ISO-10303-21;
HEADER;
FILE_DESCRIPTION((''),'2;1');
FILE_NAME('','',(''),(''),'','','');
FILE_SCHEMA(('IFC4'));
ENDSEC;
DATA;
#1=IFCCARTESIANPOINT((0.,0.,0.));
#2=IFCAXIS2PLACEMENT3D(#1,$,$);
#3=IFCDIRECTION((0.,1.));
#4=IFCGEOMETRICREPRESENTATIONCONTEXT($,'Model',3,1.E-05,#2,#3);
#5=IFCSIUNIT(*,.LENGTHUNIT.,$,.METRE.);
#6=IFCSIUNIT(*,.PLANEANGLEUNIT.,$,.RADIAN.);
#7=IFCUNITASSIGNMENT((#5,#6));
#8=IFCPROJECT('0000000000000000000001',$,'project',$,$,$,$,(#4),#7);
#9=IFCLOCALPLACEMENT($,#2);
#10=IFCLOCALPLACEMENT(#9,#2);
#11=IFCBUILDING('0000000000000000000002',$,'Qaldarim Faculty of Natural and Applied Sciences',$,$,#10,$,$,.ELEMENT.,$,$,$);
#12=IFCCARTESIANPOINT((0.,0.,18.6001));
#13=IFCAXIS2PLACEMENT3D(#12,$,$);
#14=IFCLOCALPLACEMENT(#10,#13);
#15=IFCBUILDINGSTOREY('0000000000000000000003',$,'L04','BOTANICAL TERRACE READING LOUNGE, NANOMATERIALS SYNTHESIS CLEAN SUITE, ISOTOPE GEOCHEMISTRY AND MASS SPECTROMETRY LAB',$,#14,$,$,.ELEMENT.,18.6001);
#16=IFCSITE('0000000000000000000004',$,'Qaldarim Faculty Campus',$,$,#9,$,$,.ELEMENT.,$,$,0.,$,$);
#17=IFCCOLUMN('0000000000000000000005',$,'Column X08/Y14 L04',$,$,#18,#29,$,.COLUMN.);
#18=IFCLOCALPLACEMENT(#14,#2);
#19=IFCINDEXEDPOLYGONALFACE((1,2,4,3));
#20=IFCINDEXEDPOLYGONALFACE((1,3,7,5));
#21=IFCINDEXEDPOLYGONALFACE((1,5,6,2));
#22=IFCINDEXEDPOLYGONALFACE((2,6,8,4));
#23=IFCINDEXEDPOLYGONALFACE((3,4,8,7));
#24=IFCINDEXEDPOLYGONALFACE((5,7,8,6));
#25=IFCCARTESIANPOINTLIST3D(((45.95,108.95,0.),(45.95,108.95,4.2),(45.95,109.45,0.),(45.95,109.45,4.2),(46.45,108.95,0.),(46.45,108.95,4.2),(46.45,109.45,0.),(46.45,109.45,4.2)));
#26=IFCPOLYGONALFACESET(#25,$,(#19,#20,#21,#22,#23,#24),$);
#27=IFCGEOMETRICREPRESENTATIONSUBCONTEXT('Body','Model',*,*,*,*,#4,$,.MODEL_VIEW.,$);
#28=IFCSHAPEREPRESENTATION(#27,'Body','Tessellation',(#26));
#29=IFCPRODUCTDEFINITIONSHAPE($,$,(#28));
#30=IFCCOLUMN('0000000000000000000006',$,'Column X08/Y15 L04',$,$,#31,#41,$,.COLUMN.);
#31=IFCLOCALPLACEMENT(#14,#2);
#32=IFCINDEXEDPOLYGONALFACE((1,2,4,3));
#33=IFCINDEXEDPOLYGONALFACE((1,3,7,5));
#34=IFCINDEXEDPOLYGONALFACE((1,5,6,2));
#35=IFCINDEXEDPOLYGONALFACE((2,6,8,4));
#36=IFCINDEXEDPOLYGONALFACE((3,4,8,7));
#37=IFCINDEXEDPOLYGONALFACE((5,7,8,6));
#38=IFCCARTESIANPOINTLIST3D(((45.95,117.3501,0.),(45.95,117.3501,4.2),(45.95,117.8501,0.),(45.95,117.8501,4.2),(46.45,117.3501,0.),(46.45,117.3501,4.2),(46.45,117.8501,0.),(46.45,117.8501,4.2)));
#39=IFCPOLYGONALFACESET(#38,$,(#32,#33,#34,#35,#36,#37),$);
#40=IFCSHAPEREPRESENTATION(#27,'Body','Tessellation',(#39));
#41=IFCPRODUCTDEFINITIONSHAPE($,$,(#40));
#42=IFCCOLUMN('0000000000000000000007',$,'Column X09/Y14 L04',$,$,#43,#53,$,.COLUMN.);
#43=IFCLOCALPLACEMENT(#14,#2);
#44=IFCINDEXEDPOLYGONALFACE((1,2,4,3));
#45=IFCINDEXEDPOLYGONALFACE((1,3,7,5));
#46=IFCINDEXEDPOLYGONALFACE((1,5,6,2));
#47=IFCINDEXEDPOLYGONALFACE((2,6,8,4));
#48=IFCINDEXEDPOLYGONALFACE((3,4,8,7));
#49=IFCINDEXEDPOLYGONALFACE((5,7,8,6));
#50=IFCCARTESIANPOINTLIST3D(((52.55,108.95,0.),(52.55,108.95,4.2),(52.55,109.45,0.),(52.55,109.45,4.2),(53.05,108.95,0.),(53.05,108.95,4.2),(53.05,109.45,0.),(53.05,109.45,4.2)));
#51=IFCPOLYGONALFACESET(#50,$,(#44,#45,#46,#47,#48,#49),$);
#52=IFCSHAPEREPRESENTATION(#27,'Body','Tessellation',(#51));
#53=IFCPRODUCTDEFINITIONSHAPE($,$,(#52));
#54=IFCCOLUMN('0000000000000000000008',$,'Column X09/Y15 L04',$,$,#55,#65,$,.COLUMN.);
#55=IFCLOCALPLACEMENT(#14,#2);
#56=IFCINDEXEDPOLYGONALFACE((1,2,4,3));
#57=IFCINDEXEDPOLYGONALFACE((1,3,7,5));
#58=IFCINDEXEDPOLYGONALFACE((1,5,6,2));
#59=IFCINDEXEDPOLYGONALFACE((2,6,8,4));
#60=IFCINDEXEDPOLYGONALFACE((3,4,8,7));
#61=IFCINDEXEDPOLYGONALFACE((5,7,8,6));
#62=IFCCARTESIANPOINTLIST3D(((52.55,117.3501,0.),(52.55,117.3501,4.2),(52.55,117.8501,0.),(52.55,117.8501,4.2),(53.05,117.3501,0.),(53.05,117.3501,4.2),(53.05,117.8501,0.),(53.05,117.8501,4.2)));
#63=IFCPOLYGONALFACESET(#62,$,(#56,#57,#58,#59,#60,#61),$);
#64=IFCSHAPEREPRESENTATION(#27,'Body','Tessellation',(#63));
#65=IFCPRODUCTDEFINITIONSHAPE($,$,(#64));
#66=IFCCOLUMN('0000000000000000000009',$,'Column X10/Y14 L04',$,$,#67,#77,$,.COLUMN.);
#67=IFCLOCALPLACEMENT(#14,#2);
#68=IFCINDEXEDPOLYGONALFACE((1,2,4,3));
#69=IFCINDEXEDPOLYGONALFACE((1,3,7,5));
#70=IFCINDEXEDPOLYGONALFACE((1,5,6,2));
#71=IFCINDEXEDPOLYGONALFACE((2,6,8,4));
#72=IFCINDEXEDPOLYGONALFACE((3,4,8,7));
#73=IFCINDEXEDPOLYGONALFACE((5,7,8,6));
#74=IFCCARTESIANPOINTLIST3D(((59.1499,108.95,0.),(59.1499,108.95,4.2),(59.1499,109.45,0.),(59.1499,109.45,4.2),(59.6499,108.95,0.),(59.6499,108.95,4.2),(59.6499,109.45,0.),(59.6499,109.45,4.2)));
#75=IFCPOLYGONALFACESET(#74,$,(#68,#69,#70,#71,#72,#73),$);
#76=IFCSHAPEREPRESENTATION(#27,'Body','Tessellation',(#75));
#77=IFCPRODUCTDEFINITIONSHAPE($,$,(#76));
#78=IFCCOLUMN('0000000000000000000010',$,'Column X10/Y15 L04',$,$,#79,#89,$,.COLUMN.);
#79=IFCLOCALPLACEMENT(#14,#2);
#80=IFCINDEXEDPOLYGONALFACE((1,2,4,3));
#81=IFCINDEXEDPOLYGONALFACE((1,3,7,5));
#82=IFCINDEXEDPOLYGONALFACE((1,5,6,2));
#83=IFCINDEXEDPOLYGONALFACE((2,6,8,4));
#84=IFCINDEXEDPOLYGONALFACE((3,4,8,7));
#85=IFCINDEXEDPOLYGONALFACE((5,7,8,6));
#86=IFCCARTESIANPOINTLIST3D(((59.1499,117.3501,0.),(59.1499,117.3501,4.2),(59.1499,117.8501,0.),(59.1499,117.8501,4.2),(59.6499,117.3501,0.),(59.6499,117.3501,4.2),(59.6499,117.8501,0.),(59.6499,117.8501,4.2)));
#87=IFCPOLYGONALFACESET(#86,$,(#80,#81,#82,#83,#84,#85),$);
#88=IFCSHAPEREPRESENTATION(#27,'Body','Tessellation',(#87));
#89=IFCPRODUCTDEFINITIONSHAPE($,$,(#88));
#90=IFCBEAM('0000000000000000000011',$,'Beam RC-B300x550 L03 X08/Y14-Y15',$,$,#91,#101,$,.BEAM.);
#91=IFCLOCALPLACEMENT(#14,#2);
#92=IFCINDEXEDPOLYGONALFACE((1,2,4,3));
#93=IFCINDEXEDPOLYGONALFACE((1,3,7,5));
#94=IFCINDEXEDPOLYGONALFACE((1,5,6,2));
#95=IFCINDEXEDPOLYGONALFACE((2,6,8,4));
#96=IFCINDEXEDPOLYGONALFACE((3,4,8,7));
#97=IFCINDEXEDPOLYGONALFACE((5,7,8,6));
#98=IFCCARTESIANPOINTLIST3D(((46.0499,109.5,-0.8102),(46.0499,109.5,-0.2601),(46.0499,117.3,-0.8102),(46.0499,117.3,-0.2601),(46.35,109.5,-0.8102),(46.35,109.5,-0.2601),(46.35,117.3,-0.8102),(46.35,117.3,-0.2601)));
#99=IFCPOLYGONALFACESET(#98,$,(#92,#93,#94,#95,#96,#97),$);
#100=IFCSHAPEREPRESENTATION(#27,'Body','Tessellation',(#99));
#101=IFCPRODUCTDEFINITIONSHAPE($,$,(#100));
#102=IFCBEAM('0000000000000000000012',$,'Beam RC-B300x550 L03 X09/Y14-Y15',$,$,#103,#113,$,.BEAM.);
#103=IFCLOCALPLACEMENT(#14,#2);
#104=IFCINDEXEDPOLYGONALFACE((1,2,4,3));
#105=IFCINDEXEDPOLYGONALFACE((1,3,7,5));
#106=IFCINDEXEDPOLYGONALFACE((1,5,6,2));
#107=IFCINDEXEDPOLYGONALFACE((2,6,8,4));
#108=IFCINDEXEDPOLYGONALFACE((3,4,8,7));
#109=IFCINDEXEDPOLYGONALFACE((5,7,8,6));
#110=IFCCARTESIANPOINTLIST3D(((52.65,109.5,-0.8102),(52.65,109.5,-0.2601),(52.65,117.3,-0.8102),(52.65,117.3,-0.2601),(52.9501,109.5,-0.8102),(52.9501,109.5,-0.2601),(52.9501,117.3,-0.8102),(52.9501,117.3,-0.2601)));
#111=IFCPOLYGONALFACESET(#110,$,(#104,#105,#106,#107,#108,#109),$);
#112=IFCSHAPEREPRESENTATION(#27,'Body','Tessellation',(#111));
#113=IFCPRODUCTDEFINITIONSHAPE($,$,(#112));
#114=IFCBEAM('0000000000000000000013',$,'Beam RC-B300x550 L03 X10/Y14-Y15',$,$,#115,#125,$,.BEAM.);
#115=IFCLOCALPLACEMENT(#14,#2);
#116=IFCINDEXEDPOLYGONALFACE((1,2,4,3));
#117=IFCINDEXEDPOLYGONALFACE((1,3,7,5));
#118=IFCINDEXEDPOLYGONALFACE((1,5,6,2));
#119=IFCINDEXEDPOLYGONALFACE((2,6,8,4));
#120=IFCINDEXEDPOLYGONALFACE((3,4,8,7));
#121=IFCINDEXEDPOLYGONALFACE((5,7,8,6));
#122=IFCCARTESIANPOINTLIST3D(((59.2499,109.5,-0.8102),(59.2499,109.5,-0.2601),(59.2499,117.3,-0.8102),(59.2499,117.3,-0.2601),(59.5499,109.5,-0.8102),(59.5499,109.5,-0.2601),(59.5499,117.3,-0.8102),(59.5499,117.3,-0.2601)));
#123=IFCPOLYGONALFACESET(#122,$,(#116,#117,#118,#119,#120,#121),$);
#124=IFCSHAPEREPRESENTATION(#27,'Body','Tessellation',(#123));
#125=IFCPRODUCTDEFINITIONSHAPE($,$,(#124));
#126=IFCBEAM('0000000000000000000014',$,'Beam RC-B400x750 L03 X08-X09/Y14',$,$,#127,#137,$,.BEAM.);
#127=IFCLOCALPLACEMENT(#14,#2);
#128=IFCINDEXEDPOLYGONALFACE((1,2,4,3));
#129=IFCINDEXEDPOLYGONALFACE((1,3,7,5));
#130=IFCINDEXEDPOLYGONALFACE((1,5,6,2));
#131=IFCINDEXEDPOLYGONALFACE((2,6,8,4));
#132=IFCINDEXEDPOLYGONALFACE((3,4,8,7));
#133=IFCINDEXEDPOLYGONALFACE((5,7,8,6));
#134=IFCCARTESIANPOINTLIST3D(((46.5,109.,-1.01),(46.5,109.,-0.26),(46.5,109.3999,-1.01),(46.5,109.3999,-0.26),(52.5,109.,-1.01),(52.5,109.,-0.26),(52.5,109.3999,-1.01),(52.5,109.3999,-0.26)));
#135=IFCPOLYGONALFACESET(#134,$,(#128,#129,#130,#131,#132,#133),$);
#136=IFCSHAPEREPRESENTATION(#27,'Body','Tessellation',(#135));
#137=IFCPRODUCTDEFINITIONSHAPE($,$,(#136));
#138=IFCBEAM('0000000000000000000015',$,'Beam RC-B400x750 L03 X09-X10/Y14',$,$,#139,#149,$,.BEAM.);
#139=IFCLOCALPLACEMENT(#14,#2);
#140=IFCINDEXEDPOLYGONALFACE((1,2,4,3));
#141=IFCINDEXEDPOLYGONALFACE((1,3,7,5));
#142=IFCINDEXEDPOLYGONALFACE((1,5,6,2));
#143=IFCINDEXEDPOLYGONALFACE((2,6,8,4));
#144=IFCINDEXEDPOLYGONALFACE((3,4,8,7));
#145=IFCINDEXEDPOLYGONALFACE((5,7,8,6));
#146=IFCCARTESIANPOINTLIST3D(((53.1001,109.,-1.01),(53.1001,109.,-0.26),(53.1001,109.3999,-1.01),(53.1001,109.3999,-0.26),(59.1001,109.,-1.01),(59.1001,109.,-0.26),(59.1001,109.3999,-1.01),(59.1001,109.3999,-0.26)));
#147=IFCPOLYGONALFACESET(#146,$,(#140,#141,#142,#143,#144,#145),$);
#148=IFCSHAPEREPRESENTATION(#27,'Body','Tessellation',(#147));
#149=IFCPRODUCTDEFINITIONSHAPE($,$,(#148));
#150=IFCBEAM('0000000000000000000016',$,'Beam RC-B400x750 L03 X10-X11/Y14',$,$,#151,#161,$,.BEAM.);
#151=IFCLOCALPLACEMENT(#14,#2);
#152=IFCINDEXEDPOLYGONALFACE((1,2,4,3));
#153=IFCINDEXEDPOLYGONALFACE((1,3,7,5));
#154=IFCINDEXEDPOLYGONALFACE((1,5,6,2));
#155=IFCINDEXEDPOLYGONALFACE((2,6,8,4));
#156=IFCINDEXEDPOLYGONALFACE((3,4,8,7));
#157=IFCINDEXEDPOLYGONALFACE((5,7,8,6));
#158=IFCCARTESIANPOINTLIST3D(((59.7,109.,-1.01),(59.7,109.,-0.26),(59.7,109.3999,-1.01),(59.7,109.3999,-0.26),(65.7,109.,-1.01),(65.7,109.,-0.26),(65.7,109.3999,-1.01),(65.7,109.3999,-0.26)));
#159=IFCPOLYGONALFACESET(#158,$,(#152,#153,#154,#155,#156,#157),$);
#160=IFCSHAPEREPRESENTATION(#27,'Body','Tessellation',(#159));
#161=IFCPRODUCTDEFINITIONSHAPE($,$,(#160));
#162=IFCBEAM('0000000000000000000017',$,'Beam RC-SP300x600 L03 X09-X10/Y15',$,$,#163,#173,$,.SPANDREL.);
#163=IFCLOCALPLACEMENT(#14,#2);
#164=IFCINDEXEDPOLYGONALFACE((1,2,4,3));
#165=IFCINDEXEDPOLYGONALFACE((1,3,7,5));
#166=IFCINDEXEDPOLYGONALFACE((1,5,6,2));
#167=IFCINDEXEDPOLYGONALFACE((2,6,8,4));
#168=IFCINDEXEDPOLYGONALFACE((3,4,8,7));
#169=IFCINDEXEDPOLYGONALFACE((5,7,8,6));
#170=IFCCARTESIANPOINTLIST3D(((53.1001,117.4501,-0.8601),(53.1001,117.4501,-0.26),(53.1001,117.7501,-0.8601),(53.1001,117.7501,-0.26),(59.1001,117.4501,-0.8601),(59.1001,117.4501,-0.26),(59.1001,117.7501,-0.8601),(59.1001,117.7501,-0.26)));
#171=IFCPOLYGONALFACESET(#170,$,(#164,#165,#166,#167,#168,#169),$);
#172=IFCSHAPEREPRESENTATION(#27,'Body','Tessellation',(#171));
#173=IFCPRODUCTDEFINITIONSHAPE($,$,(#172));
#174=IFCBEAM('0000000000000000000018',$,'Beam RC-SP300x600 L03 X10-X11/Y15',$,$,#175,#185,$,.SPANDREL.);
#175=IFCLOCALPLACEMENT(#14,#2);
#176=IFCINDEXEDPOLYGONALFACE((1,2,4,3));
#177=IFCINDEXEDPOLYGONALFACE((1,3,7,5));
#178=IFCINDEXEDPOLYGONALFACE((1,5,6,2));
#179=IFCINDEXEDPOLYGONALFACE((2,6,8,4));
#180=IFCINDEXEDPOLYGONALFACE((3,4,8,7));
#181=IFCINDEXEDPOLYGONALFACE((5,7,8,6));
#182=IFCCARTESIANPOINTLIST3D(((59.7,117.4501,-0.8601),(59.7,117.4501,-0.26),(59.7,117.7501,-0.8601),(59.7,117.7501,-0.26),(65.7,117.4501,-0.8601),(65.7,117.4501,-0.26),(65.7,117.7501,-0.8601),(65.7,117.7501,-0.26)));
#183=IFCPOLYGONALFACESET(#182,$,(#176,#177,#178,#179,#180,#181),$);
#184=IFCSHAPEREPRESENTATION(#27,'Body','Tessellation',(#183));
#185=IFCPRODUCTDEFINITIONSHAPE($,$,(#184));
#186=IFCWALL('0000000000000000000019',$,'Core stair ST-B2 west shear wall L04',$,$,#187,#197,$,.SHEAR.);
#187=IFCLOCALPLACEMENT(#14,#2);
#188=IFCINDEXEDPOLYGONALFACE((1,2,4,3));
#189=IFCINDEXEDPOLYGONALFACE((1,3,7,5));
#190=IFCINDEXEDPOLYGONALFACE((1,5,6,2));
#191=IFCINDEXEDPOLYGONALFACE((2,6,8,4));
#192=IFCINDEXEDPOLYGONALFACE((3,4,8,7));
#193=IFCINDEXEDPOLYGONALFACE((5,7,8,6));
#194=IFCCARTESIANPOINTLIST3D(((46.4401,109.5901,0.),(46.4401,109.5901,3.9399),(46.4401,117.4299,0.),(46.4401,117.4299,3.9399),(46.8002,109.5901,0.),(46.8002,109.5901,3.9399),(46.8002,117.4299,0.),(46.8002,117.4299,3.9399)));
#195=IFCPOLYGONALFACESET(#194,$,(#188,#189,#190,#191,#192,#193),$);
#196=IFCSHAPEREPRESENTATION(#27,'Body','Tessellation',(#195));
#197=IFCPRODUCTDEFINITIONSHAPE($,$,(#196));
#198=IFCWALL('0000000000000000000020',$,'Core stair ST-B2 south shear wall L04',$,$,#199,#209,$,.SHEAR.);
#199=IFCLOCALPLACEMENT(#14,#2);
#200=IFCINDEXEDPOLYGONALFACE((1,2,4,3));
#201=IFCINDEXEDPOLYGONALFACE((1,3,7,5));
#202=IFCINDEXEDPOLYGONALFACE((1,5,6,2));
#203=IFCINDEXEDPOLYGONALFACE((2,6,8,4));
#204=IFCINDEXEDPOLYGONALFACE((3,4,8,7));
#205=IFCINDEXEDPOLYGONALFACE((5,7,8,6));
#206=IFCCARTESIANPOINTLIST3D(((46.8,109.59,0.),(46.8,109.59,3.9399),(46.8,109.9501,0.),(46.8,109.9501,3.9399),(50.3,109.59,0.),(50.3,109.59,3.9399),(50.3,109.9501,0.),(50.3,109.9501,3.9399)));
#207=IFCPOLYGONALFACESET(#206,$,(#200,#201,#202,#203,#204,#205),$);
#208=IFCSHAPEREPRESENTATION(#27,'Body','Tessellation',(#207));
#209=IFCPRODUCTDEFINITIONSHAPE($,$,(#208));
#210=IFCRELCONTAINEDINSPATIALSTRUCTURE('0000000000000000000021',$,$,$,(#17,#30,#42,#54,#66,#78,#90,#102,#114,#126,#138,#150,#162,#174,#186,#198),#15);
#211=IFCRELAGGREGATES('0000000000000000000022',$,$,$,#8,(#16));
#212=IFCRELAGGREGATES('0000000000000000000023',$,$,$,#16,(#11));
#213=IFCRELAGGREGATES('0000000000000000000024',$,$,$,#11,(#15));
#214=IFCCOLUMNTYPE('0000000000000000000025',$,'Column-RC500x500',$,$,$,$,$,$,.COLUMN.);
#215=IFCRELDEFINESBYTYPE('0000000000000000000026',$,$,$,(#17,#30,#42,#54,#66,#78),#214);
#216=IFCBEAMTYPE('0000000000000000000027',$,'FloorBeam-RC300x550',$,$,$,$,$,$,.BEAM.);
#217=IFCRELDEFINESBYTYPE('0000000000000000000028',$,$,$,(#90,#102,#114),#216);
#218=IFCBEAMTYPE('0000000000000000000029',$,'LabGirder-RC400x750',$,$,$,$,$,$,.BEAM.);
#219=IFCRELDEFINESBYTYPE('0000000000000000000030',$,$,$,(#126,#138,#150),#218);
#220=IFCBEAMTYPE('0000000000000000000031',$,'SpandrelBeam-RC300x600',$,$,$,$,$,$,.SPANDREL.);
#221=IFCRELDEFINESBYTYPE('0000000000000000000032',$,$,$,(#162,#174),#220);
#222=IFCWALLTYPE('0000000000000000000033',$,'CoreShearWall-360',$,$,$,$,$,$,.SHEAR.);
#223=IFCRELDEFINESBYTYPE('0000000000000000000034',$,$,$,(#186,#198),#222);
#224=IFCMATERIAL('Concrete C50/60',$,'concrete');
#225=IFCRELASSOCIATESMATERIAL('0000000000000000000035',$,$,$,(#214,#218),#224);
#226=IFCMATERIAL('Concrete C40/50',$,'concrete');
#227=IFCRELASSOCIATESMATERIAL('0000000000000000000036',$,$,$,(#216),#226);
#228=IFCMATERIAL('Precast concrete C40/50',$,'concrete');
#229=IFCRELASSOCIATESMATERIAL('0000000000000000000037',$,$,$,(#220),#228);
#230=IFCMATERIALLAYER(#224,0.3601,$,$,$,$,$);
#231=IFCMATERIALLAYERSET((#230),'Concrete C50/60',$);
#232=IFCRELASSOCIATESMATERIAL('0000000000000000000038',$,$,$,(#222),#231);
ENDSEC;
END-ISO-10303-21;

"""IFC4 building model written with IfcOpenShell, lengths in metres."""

from ifc_helpers import new_model, si_unit, direction, frame, frame_2d, origin, origin_2d, place, context, subcontext, project, spatial, rectangle, extrude, material, layer, layer_set, material_profile, profile_set, type_object, element, save


model = new_model("IFC4")

# Units and contexts
model_context = context("Model", 3, precision=1e-05, world=origin(), true_north=direction((0.0, 1.0)))
body_context = subcontext(model_context, "Body", "Model", "MODEL_VIEW")
ifc_project = project(units=[si_unit("LENGTHUNIT", "METRE"), si_unit("PLANEANGLEUNIT", "RADIAN")], contexts=[model_context])

# Site, building, storey
site_placement = place(None, origin())
site = spatial("IfcSite", under=ifc_project, at=site_placement, Name="Qaldarim Faculty Campus", CompositionType="ELEMENT", RefElevation=0.0)
building_placement = place(site_placement, origin())
building = spatial("IfcBuilding", under=site, at=building_placement, Name="Qaldarim Faculty of Natural and Applied Sciences", CompositionType="ELEMENT")
storey_placement = place(building_placement, frame((0.0, 0.0, 18.6001)))
storey = spatial("IfcBuildingStorey", under=building, at=storey_placement, Name="L04", Description="BOTANICAL TERRACE READING LOUNGE, NANOMATERIALS SYNTHESIS CLEAN SUITE, ISOTOPE GEOCHEMISTRY AND MASS SPECTROMETRY LAB", CompositionType="ELEMENT", Elevation=18.6001)

# Columns
ifc_material_1 = material(Name="Concrete C50/60", Category="concrete")
ifc_material_profile_1 = material_profile(ifc_material_1, rectangle(XDim=0.5, YDim=0.5, at=origin_2d()), Name="RC-C500x500")
ifc_profile_set_1 = profile_set([ifc_material_profile_1], Name="Concrete C50/60")
column_type = type_object("IfcColumnType", Name="Column-RC500x500", PredefinedType="COLUMN", material=ifc_profile_set_1)
for number, where, z_axis, x_axis, name in (
    (1, (46.2, 109.2, 0.0), (0.0, 0.0, 1.0), (1.0, 0.0, 0.0), "Column X08/Y14 L04"),
    (2, (46.2, 117.6001, 0.0), (0.0, 0.0, 1.0), (1.0, 0.0, 0.0), "Column X08/Y15 L04"),
    (3, (52.8, 109.2, 0.0), (0.0, 0.0, 1.0), (1.0, 0.0, 0.0), "Column X09/Y14 L04"),
    (4, (52.8, 117.6001, 0.0), (0.0, 0.0, 1.0), (1.0, 0.0, 0.0), "Column X09/Y15 L04"),
    (5, (59.3999, 109.2, 0.0), (0.0, 0.0, 1.0), (1.0, 0.0, 0.0), "Column X10/Y14 L04"),
    (6, (59.3999, 117.6001, 0.0), (0.0, 0.0, 1.0), (1.0, 0.0, 0.0), "Column X10/Y15 L04"),
):
    element("IfcColumn", number, at=place(storey_placement, frame(where, z_axis=z_axis, x_axis=x_axis)), inside=storey, type_object=column_type, Name=name, PredefinedType="COLUMN", context=body_context, shape_type="SweptSolid", body=[
        extrude(rectangle(XDim=0.5, YDim=0.5, at=origin_2d()), origin(), (0.0, 0.0, 1.0), 4.2),
    ])

# Beams
ifc_material_2 = material(Name="Concrete C40/50", Category="concrete")
ifc_material_profile_2 = material_profile(ifc_material_2, rectangle(XDim=0.3, YDim=0.55, at=origin_2d()), Name="RC-B300x550")
ifc_profile_set_2 = profile_set([ifc_material_profile_2], Name="Concrete C40/50")
beam_type_1 = type_object("IfcBeamType", Name="FloorBeam-RC300x550", PredefinedType="BEAM", material=ifc_profile_set_2)
for number, where, z_axis, x_axis, name in (
    (7, (46.2, 109.5, -0.5352), (0.0, 1.0, 0.0), (-1.0, 0.0, 0.0), "Beam RC-B300x550 L03 X08/Y14-Y15"),
    (8, (52.8, 109.5, -0.5352), (0.0, 1.0, 0.0), (-1.0, 0.0, 0.0), "Beam RC-B300x550 L03 X09/Y14-Y15"),
    (9, (59.3999, 109.5, -0.5352), (0.0, 1.0, 0.0), (-1.0, 0.0, 0.0), "Beam RC-B300x550 L03 X10/Y14-Y15"),
):
    element("IfcBeam", number, at=place(storey_placement, frame(where, z_axis=z_axis, x_axis=x_axis)), inside=storey, type_object=beam_type_1, Name=name, PredefinedType="BEAM", context=body_context, shape_type="SweptSolid", body=[
        extrude(rectangle(XDim=0.3, YDim=0.55, at=origin_2d()), origin(), (0.0, 0.0, 1.0), 7.8),
    ])
ifc_material_profile_3 = material_profile(ifc_material_1, rectangle(XDim=0.3999, YDim=0.75, at=origin_2d()), Name="RC-B400x750")
ifc_profile_set_3 = profile_set([ifc_material_profile_3], Name="Concrete C50/60")
beam_type_2 = type_object("IfcBeamType", Name="LabGirder-RC400x750", PredefinedType="BEAM", material=ifc_profile_set_3)
for number, where, z_axis, x_axis, name in (
    (10, (46.5, 109.2, -0.635), (1.0, 0.0, 0.0), (0.0, 1.0, 0.0), "Beam RC-B400x750 L03 X08-X09/Y14"),
    (11, (53.1001, 109.2, -0.635), (1.0, 0.0, 0.0), (0.0, 1.0, 0.0), "Beam RC-B400x750 L03 X09-X10/Y14"),
    (12, (59.7, 109.2, -0.635), (1.0, 0.0, 0.0), (0.0, 1.0, 0.0), "Beam RC-B400x750 L03 X10-X11/Y14"),
):
    element("IfcBeam", number, at=place(storey_placement, frame(where, z_axis=z_axis, x_axis=x_axis)), inside=storey, type_object=beam_type_2, Name=name, PredefinedType="BEAM", context=body_context, shape_type="SweptSolid", body=[
        extrude(rectangle(XDim=0.3999, YDim=0.75, at=origin_2d()), origin(), (0.0, 0.0, 1.0), 6.0),
    ])
ifc_material_3 = material(Name="Precast concrete C40/50", Category="concrete")
ifc_material_profile_4 = material_profile(ifc_material_3, rectangle(XDim=0.3, YDim=0.6001, at=origin_2d()), Name="RC-SP300x600")
ifc_profile_set_4 = profile_set([ifc_material_profile_4], Name="Precast concrete C40/50")
beam_type_3 = type_object("IfcBeamType", Name="SpandrelBeam-RC300x600", PredefinedType="SPANDREL", material=ifc_profile_set_4)
for number, where, z_axis, x_axis, name in (
    (13, (53.1001, 117.6001, -0.5601), (1.0, 0.0, 0.0), (0.0, 1.0, 0.0), "Beam RC-SP300x600 L03 X09-X10/Y15"),
    (14, (59.7, 117.6001, -0.5601), (1.0, 0.0, 0.0), (0.0, 1.0, 0.0), "Beam RC-SP300x600 L03 X10-X11/Y15"),
):
    element("IfcBeam", number, at=place(storey_placement, frame(where, z_axis=z_axis, x_axis=x_axis)), inside=storey, type_object=beam_type_3, Name=name, PredefinedType="SPANDREL", context=body_context, shape_type="SweptSolid", body=[
        extrude(rectangle(XDim=0.3, YDim=0.6001, at=origin_2d()), origin(), (0.0, 0.0, 1.0), 6.0),
    ])

# Wall
ifc_layer_1 = layer(ifc_material_1, 0.3601)
ifc_layer_set_1 = layer_set([ifc_layer_1], Name="Concrete C50/60")
wall_type_1 = type_object("IfcWallType", Name="CoreShearWall-360", PredefinedType="SHEAR", material=ifc_layer_set_1)
wall_1_placement = place(storey_placement, frame((46.6201, 109.5901, 0.0), z_axis=(0.0, 0.0, 1.0), x_axis=(0.0, 1.0, 0.0)))
element("IfcWall", 15, at=wall_1_placement, inside=storey, type_object=wall_type_1, Name="Core stair ST-B2 west shear wall L04", PredefinedType="SHEAR", context=body_context, shape_type="SweptSolid", body=[
    extrude(rectangle(XDim=7.8398, YDim=0.3601, at=frame_2d((3.9199, 0.0))), origin(), (0.0, 0.0, 1.0), 3.9399),
])

# Wall
wall_2_placement = place(storey_placement, frame((46.8, 109.77, 0.0), z_axis=(0.0, 0.0, 1.0), x_axis=(1.0, 0.0, 0.0)))
element("IfcWall", 16, at=wall_2_placement, inside=storey, type_object=wall_type_1, Name="Core stair ST-B2 south shear wall L04", PredefinedType="SHEAR", context=body_context, shape_type="SweptSolid", body=[
    extrude(rectangle(XDim=3.5, YDim=0.3601, at=frame_2d((1.75, 0.0))), origin(), (0.0, 0.0, 1.0), 3.9399),
])

save(model, "model.ifc")
